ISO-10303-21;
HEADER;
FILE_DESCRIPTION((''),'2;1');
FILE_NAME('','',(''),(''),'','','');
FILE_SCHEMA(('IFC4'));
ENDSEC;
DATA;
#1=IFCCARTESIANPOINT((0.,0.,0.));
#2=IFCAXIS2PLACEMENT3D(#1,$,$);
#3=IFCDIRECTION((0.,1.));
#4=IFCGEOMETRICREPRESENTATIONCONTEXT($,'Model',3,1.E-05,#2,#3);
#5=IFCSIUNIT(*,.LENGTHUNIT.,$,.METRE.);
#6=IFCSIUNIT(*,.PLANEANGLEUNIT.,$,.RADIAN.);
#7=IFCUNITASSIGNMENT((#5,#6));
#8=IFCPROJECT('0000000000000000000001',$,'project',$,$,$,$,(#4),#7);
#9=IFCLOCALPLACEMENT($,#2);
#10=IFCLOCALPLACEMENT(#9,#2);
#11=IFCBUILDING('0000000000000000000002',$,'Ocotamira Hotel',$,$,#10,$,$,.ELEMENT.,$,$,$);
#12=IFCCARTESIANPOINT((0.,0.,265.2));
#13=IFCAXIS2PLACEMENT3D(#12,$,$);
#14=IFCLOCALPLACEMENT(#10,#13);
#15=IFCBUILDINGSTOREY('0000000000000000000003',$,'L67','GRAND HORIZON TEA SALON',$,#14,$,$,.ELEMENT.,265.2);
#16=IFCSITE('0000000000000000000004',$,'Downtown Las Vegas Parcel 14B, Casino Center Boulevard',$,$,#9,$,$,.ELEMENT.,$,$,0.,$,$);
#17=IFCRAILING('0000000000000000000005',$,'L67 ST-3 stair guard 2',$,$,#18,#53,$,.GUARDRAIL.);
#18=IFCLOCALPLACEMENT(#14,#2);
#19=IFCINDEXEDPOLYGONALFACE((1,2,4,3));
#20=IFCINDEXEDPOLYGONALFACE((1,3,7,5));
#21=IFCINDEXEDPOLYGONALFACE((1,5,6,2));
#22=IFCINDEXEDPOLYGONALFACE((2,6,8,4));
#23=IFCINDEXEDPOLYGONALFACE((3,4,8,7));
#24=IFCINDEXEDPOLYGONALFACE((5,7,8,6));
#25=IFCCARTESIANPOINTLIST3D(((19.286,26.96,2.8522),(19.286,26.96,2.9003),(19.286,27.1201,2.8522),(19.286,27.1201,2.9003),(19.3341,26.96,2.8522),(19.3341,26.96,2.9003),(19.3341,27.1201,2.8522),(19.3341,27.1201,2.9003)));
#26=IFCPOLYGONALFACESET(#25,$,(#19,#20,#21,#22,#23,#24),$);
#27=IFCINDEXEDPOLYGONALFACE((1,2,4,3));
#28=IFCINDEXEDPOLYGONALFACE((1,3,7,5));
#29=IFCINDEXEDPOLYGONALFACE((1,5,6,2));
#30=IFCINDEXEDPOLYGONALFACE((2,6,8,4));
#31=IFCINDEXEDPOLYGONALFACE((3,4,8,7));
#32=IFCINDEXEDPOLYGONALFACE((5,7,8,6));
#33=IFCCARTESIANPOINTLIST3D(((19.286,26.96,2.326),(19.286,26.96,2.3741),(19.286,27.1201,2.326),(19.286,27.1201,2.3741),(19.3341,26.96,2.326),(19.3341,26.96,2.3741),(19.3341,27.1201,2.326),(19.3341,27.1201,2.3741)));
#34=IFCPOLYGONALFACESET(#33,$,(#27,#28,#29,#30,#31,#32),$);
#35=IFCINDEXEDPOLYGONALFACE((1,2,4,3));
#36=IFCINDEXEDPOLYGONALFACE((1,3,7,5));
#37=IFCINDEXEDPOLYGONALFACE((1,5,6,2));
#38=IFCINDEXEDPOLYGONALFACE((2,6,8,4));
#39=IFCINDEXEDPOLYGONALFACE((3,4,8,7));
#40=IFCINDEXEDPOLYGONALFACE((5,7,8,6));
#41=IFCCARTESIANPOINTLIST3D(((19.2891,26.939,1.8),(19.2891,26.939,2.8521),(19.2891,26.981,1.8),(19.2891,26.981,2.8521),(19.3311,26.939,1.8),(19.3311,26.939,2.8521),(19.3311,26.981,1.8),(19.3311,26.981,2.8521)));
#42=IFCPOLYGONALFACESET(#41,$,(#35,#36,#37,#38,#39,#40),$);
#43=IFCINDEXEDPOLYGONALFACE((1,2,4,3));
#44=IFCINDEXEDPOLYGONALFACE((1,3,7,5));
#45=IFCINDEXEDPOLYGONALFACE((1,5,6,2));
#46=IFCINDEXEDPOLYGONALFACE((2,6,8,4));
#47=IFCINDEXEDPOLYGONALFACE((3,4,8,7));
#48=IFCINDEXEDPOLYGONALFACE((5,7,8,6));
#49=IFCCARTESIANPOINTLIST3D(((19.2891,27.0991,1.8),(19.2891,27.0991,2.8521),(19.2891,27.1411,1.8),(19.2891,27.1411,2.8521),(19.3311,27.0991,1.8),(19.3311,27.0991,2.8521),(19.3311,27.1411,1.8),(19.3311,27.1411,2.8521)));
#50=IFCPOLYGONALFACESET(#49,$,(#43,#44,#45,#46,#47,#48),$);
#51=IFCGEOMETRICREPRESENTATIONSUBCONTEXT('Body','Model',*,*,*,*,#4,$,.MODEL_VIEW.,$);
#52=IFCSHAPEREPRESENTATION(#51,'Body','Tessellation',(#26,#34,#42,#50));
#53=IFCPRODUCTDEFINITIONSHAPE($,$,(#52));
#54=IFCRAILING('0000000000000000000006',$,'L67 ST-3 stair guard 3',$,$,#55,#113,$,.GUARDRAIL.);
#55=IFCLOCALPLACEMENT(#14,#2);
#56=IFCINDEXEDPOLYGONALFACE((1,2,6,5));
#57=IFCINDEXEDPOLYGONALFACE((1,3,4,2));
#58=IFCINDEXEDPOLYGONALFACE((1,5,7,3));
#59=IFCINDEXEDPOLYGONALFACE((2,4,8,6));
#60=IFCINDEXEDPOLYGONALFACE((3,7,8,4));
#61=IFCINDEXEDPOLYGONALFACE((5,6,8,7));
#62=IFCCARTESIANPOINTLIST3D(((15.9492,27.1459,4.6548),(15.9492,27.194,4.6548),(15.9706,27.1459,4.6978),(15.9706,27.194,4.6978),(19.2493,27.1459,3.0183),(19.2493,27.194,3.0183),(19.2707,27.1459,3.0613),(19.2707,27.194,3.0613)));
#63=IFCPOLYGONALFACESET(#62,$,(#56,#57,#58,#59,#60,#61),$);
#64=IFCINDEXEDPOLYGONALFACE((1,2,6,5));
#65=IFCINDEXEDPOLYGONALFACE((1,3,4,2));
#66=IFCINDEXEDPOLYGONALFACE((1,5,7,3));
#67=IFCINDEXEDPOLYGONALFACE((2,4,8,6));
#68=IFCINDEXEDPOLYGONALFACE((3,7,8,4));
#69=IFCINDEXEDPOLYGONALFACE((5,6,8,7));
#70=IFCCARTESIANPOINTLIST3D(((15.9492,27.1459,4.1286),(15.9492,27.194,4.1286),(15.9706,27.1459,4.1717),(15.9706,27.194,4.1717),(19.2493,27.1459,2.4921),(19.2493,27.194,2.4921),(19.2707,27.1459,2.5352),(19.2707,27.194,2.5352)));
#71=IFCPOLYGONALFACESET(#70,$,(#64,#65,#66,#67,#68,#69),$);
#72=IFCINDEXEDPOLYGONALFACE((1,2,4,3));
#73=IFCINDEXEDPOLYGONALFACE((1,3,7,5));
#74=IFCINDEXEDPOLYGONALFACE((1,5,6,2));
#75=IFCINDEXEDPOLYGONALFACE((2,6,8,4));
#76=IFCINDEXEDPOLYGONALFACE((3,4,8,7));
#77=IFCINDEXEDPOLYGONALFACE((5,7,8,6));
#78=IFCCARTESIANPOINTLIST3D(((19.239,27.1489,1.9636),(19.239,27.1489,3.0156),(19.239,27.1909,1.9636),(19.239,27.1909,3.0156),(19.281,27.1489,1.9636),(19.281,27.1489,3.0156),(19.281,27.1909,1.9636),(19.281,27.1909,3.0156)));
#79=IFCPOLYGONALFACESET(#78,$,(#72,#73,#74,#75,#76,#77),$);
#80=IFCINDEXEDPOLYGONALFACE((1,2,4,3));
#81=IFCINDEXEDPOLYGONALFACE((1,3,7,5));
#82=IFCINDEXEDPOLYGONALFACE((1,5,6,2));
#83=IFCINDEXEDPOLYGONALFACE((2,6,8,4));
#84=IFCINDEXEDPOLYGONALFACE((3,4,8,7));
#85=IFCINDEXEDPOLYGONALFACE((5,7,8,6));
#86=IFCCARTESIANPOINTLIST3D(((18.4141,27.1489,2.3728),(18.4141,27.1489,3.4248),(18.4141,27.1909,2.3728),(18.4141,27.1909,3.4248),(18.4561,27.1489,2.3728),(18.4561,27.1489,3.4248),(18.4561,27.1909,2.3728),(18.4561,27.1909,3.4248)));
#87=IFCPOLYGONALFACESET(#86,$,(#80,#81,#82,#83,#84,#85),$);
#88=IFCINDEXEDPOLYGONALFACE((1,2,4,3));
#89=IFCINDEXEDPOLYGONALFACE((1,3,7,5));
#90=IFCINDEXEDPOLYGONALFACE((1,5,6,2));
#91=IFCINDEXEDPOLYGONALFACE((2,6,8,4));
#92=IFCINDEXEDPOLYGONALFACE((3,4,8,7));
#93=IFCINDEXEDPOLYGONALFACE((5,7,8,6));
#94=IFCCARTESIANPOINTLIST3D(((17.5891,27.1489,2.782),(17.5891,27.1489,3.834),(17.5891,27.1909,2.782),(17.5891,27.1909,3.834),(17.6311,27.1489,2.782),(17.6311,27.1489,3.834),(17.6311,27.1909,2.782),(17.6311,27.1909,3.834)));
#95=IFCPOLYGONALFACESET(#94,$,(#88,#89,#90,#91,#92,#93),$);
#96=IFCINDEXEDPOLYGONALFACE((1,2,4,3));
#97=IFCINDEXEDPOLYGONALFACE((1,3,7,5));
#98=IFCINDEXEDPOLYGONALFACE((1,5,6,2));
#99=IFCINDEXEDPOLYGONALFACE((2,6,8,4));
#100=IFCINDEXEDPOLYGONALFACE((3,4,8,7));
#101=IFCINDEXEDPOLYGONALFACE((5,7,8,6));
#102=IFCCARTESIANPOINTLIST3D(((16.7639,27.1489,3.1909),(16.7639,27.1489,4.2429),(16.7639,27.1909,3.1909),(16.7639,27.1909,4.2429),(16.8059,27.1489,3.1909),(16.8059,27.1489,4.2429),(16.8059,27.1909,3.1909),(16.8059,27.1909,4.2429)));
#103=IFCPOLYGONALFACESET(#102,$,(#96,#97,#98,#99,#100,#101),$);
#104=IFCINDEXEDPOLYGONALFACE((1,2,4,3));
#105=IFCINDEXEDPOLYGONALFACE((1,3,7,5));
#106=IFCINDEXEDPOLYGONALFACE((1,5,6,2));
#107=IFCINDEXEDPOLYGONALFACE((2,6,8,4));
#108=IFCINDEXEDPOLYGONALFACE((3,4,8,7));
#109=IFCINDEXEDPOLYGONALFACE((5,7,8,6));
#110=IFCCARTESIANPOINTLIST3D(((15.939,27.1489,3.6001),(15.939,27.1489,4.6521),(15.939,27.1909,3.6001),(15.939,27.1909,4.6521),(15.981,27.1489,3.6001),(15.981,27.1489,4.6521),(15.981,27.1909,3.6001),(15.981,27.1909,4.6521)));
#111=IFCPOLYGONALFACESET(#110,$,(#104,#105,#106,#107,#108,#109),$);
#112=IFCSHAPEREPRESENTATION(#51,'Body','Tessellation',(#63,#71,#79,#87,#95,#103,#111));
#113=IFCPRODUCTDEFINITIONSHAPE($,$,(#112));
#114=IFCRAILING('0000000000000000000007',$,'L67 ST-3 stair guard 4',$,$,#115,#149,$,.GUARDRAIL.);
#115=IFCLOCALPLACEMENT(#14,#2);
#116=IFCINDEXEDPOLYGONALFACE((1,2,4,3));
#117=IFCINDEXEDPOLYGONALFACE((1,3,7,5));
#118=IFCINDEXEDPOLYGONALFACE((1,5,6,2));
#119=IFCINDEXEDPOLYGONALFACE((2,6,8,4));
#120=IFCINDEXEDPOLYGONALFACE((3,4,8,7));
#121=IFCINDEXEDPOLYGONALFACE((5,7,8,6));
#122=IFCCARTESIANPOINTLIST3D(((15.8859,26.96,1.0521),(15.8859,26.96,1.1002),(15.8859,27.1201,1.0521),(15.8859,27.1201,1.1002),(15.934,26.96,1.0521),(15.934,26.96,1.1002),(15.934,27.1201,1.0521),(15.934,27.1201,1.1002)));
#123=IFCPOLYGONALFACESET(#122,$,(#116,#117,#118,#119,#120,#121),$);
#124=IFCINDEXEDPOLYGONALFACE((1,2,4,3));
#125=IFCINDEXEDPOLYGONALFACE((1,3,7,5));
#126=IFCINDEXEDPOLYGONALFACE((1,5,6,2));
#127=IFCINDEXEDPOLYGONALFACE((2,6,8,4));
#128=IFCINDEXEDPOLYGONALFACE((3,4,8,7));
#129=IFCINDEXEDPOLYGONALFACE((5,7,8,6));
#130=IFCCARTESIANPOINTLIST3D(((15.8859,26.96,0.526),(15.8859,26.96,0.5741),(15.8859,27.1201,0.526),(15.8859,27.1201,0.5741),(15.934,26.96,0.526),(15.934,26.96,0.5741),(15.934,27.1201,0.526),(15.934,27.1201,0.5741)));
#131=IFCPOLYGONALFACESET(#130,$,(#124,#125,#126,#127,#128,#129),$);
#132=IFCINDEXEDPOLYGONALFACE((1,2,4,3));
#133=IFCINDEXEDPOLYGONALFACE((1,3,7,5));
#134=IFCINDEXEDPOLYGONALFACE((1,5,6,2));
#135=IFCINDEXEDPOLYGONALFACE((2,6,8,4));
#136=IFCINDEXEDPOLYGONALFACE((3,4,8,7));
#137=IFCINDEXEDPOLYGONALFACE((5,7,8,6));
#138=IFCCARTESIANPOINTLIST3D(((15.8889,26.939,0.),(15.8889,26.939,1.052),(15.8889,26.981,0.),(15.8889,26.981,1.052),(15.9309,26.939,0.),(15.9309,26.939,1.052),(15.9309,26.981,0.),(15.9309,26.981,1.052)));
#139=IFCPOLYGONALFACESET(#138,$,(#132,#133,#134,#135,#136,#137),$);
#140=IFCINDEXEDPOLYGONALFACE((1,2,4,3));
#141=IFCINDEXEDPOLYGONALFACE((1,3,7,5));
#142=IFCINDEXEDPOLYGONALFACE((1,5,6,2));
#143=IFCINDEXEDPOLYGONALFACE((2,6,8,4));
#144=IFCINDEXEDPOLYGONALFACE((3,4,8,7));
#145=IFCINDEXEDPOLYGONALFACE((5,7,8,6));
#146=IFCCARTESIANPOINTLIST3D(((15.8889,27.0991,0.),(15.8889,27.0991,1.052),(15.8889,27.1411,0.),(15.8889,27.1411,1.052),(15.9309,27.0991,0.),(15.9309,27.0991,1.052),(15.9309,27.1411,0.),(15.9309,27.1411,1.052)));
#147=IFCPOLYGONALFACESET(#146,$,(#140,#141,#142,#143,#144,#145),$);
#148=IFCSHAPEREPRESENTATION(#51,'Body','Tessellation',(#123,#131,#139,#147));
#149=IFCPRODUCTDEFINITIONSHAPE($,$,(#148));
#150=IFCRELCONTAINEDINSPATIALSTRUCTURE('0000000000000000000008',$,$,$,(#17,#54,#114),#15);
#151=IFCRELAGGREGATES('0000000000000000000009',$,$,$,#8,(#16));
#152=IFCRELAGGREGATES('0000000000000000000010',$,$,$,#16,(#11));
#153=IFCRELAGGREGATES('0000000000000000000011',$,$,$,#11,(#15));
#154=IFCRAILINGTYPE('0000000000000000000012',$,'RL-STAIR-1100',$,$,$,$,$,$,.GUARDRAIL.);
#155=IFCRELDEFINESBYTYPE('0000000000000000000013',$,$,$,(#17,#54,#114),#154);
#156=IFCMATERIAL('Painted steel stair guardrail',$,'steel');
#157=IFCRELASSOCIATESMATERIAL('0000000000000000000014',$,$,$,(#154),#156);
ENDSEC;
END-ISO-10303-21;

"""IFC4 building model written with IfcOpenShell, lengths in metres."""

from ifc_helpers import new_model, si_unit, direction, frame, origin, origin_2d, place, context, subcontext, project, spatial, rectangle, extrude, material, type_object, element, save


model = new_model("IFC4")

# Units and contexts
model_context = context("Model", 3, precision=1e-05, world=origin(), true_north=direction((0.0, 1.0)))
body_context = subcontext(model_context, "Body", "Model", "MODEL_VIEW")
ifc_project = project(units=[si_unit("LENGTHUNIT", "METRE"), si_unit("PLANEANGLEUNIT", "RADIAN")], contexts=[model_context])

# Site, building, storey
site_placement = place(None, origin())
site = spatial("IfcSite", under=ifc_project, at=site_placement, Name="Downtown Las Vegas Parcel 14B, Casino Center Boulevard", CompositionType="ELEMENT", RefElevation=0.0)
building_placement = place(site_placement, origin())
building = spatial("IfcBuilding", under=site, at=building_placement, Name="Ocotamira Hotel", CompositionType="ELEMENT")
storey_placement = place(building_placement, frame((0.0, 0.0, 265.2)))
storey = spatial("IfcBuildingStorey", under=building, at=storey_placement, Name="L67", Description="GRAND HORIZON TEA SALON", CompositionType="ELEMENT", Elevation=265.2)

# Railings
ifc_material_1 = material(Name="Painted steel stair guardrail", Category="steel")
railing_type_1 = type_object("IfcRailingType", Name="RL-STAIR-1100", PredefinedType="GUARDRAIL", material=ifc_material_1)
railing_1_placement = place(storey_placement, frame((19.3101, 26.96, 1.8)))
element("IfcRailing", 1, at=railing_1_placement, inside=storey, type_object=railing_type_1, Name="L67 ST-3 stair guard 2", PredefinedType="GUARDRAIL", context=body_context, shape_type="SweptSolid", body=[
    extrude(rectangle(XDim=0.0481, YDim=0.0481, at=origin_2d()), frame((0.0, 0.0, 1.0762), z_axis=(0.0, 1.0, 0.0), x_axis=(-1.0, 0.0, 0.0)), (0.0, 0.0, 1.0), 0.1602),
    extrude(rectangle(XDim=0.0481, YDim=0.0481, at=origin_2d()), frame((0.0, 0.0, 0.55), z_axis=(0.0, 1.0, 0.0), x_axis=(-1.0, 0.0, 0.0)), (0.0, 0.0, 1.0), 0.1602),
    extrude(rectangle(XDim=0.042, YDim=0.042, at=origin_2d()), origin(), (0.0, 0.0, 1.0), 1.052),
    extrude(rectangle(XDim=0.042, YDim=0.042, at=origin_2d()), frame((0.0, 0.1602, 0.0)), (0.0, 0.0, 1.0), 1.052),
])
railing_2_placement = place(storey_placement, frame((19.26, 27.1699, 1.9636)))
element("IfcRailing", 2, at=railing_2_placement, inside=storey, type_object=railing_type_1, Name="L67 ST-3 stair guard 3", PredefinedType="GUARDRAIL", context=body_context, shape_type="SweptSolid", body=[
    extrude(rectangle(XDim=0.0481, YDim=0.0481, at=origin_2d()), frame((0.0, 0.0, 1.0762), z_axis=(-0.895894, 0.0, 0.444268), x_axis=(0.0, -1.0, 0.0)), (0.0, 0.0, 1.0), 3.6836),
    extrude(rectangle(XDim=0.0481, YDim=0.0481, at=origin_2d()), frame((0.0, 0.0, 0.55), z_axis=(-0.895894, 0.0, 0.444268), x_axis=(0.0, -1.0, 0.0)), (0.0, 0.0, 1.0), 3.6836),
    extrude(rectangle(XDim=0.042, YDim=0.042, at=origin_2d()), origin(), (0.0, 0.0, 1.0), 1.052),
    extrude(rectangle(XDim=0.042, YDim=0.042, at=origin_2d()), frame((-0.825, 0.0, 0.4092)), (0.0, 0.0, 1.0), 1.052),
    extrude(rectangle(XDim=0.042, YDim=0.042, at=origin_2d()), frame((-1.6499, 0.0, 0.8184)), (0.0, 0.0, 1.0), 1.052),
    extrude(rectangle(XDim=0.042, YDim=0.042, at=origin_2d()), frame((-2.4751, 0.0, 1.2273)), (0.0, 0.0, 1.0), 1.052),
    extrude(rectangle(XDim=0.042, YDim=0.042, at=origin_2d()), frame((-3.3, 0.0, 1.6365)), (0.0, 0.0, 1.0), 1.052),
])
railing_3_placement = place(storey_placement, frame((15.9099, 26.96, 0.0)))
element("IfcRailing", 3, at=railing_3_placement, inside=storey, type_object=railing_type_1, Name="L67 ST-3 stair guard 4", PredefinedType="GUARDRAIL", context=body_context, shape_type="SweptSolid", body=[
    extrude(rectangle(XDim=0.0481, YDim=0.0481, at=origin_2d()), frame((0.0, 0.0, 1.0762), z_axis=(0.0, 1.0, 0.0), x_axis=(-1.0, 0.0, 0.0)), (0.0, 0.0, 1.0), 0.1602),
    extrude(rectangle(XDim=0.0481, YDim=0.0481, at=origin_2d()), frame((0.0, 0.0, 0.55), z_axis=(0.0, 1.0, 0.0), x_axis=(-1.0, 0.0, 0.0)), (0.0, 0.0, 1.0), 0.1602),
    extrude(rectangle(XDim=0.042, YDim=0.042, at=origin_2d()), origin(), (0.0, 0.0, 1.0), 1.052),
    extrude(rectangle(XDim=0.042, YDim=0.042, at=origin_2d()), frame((0.0, 0.1602, 0.0)), (0.0, 0.0, 1.0), 1.052),
])

save(model, "model.ifc")
